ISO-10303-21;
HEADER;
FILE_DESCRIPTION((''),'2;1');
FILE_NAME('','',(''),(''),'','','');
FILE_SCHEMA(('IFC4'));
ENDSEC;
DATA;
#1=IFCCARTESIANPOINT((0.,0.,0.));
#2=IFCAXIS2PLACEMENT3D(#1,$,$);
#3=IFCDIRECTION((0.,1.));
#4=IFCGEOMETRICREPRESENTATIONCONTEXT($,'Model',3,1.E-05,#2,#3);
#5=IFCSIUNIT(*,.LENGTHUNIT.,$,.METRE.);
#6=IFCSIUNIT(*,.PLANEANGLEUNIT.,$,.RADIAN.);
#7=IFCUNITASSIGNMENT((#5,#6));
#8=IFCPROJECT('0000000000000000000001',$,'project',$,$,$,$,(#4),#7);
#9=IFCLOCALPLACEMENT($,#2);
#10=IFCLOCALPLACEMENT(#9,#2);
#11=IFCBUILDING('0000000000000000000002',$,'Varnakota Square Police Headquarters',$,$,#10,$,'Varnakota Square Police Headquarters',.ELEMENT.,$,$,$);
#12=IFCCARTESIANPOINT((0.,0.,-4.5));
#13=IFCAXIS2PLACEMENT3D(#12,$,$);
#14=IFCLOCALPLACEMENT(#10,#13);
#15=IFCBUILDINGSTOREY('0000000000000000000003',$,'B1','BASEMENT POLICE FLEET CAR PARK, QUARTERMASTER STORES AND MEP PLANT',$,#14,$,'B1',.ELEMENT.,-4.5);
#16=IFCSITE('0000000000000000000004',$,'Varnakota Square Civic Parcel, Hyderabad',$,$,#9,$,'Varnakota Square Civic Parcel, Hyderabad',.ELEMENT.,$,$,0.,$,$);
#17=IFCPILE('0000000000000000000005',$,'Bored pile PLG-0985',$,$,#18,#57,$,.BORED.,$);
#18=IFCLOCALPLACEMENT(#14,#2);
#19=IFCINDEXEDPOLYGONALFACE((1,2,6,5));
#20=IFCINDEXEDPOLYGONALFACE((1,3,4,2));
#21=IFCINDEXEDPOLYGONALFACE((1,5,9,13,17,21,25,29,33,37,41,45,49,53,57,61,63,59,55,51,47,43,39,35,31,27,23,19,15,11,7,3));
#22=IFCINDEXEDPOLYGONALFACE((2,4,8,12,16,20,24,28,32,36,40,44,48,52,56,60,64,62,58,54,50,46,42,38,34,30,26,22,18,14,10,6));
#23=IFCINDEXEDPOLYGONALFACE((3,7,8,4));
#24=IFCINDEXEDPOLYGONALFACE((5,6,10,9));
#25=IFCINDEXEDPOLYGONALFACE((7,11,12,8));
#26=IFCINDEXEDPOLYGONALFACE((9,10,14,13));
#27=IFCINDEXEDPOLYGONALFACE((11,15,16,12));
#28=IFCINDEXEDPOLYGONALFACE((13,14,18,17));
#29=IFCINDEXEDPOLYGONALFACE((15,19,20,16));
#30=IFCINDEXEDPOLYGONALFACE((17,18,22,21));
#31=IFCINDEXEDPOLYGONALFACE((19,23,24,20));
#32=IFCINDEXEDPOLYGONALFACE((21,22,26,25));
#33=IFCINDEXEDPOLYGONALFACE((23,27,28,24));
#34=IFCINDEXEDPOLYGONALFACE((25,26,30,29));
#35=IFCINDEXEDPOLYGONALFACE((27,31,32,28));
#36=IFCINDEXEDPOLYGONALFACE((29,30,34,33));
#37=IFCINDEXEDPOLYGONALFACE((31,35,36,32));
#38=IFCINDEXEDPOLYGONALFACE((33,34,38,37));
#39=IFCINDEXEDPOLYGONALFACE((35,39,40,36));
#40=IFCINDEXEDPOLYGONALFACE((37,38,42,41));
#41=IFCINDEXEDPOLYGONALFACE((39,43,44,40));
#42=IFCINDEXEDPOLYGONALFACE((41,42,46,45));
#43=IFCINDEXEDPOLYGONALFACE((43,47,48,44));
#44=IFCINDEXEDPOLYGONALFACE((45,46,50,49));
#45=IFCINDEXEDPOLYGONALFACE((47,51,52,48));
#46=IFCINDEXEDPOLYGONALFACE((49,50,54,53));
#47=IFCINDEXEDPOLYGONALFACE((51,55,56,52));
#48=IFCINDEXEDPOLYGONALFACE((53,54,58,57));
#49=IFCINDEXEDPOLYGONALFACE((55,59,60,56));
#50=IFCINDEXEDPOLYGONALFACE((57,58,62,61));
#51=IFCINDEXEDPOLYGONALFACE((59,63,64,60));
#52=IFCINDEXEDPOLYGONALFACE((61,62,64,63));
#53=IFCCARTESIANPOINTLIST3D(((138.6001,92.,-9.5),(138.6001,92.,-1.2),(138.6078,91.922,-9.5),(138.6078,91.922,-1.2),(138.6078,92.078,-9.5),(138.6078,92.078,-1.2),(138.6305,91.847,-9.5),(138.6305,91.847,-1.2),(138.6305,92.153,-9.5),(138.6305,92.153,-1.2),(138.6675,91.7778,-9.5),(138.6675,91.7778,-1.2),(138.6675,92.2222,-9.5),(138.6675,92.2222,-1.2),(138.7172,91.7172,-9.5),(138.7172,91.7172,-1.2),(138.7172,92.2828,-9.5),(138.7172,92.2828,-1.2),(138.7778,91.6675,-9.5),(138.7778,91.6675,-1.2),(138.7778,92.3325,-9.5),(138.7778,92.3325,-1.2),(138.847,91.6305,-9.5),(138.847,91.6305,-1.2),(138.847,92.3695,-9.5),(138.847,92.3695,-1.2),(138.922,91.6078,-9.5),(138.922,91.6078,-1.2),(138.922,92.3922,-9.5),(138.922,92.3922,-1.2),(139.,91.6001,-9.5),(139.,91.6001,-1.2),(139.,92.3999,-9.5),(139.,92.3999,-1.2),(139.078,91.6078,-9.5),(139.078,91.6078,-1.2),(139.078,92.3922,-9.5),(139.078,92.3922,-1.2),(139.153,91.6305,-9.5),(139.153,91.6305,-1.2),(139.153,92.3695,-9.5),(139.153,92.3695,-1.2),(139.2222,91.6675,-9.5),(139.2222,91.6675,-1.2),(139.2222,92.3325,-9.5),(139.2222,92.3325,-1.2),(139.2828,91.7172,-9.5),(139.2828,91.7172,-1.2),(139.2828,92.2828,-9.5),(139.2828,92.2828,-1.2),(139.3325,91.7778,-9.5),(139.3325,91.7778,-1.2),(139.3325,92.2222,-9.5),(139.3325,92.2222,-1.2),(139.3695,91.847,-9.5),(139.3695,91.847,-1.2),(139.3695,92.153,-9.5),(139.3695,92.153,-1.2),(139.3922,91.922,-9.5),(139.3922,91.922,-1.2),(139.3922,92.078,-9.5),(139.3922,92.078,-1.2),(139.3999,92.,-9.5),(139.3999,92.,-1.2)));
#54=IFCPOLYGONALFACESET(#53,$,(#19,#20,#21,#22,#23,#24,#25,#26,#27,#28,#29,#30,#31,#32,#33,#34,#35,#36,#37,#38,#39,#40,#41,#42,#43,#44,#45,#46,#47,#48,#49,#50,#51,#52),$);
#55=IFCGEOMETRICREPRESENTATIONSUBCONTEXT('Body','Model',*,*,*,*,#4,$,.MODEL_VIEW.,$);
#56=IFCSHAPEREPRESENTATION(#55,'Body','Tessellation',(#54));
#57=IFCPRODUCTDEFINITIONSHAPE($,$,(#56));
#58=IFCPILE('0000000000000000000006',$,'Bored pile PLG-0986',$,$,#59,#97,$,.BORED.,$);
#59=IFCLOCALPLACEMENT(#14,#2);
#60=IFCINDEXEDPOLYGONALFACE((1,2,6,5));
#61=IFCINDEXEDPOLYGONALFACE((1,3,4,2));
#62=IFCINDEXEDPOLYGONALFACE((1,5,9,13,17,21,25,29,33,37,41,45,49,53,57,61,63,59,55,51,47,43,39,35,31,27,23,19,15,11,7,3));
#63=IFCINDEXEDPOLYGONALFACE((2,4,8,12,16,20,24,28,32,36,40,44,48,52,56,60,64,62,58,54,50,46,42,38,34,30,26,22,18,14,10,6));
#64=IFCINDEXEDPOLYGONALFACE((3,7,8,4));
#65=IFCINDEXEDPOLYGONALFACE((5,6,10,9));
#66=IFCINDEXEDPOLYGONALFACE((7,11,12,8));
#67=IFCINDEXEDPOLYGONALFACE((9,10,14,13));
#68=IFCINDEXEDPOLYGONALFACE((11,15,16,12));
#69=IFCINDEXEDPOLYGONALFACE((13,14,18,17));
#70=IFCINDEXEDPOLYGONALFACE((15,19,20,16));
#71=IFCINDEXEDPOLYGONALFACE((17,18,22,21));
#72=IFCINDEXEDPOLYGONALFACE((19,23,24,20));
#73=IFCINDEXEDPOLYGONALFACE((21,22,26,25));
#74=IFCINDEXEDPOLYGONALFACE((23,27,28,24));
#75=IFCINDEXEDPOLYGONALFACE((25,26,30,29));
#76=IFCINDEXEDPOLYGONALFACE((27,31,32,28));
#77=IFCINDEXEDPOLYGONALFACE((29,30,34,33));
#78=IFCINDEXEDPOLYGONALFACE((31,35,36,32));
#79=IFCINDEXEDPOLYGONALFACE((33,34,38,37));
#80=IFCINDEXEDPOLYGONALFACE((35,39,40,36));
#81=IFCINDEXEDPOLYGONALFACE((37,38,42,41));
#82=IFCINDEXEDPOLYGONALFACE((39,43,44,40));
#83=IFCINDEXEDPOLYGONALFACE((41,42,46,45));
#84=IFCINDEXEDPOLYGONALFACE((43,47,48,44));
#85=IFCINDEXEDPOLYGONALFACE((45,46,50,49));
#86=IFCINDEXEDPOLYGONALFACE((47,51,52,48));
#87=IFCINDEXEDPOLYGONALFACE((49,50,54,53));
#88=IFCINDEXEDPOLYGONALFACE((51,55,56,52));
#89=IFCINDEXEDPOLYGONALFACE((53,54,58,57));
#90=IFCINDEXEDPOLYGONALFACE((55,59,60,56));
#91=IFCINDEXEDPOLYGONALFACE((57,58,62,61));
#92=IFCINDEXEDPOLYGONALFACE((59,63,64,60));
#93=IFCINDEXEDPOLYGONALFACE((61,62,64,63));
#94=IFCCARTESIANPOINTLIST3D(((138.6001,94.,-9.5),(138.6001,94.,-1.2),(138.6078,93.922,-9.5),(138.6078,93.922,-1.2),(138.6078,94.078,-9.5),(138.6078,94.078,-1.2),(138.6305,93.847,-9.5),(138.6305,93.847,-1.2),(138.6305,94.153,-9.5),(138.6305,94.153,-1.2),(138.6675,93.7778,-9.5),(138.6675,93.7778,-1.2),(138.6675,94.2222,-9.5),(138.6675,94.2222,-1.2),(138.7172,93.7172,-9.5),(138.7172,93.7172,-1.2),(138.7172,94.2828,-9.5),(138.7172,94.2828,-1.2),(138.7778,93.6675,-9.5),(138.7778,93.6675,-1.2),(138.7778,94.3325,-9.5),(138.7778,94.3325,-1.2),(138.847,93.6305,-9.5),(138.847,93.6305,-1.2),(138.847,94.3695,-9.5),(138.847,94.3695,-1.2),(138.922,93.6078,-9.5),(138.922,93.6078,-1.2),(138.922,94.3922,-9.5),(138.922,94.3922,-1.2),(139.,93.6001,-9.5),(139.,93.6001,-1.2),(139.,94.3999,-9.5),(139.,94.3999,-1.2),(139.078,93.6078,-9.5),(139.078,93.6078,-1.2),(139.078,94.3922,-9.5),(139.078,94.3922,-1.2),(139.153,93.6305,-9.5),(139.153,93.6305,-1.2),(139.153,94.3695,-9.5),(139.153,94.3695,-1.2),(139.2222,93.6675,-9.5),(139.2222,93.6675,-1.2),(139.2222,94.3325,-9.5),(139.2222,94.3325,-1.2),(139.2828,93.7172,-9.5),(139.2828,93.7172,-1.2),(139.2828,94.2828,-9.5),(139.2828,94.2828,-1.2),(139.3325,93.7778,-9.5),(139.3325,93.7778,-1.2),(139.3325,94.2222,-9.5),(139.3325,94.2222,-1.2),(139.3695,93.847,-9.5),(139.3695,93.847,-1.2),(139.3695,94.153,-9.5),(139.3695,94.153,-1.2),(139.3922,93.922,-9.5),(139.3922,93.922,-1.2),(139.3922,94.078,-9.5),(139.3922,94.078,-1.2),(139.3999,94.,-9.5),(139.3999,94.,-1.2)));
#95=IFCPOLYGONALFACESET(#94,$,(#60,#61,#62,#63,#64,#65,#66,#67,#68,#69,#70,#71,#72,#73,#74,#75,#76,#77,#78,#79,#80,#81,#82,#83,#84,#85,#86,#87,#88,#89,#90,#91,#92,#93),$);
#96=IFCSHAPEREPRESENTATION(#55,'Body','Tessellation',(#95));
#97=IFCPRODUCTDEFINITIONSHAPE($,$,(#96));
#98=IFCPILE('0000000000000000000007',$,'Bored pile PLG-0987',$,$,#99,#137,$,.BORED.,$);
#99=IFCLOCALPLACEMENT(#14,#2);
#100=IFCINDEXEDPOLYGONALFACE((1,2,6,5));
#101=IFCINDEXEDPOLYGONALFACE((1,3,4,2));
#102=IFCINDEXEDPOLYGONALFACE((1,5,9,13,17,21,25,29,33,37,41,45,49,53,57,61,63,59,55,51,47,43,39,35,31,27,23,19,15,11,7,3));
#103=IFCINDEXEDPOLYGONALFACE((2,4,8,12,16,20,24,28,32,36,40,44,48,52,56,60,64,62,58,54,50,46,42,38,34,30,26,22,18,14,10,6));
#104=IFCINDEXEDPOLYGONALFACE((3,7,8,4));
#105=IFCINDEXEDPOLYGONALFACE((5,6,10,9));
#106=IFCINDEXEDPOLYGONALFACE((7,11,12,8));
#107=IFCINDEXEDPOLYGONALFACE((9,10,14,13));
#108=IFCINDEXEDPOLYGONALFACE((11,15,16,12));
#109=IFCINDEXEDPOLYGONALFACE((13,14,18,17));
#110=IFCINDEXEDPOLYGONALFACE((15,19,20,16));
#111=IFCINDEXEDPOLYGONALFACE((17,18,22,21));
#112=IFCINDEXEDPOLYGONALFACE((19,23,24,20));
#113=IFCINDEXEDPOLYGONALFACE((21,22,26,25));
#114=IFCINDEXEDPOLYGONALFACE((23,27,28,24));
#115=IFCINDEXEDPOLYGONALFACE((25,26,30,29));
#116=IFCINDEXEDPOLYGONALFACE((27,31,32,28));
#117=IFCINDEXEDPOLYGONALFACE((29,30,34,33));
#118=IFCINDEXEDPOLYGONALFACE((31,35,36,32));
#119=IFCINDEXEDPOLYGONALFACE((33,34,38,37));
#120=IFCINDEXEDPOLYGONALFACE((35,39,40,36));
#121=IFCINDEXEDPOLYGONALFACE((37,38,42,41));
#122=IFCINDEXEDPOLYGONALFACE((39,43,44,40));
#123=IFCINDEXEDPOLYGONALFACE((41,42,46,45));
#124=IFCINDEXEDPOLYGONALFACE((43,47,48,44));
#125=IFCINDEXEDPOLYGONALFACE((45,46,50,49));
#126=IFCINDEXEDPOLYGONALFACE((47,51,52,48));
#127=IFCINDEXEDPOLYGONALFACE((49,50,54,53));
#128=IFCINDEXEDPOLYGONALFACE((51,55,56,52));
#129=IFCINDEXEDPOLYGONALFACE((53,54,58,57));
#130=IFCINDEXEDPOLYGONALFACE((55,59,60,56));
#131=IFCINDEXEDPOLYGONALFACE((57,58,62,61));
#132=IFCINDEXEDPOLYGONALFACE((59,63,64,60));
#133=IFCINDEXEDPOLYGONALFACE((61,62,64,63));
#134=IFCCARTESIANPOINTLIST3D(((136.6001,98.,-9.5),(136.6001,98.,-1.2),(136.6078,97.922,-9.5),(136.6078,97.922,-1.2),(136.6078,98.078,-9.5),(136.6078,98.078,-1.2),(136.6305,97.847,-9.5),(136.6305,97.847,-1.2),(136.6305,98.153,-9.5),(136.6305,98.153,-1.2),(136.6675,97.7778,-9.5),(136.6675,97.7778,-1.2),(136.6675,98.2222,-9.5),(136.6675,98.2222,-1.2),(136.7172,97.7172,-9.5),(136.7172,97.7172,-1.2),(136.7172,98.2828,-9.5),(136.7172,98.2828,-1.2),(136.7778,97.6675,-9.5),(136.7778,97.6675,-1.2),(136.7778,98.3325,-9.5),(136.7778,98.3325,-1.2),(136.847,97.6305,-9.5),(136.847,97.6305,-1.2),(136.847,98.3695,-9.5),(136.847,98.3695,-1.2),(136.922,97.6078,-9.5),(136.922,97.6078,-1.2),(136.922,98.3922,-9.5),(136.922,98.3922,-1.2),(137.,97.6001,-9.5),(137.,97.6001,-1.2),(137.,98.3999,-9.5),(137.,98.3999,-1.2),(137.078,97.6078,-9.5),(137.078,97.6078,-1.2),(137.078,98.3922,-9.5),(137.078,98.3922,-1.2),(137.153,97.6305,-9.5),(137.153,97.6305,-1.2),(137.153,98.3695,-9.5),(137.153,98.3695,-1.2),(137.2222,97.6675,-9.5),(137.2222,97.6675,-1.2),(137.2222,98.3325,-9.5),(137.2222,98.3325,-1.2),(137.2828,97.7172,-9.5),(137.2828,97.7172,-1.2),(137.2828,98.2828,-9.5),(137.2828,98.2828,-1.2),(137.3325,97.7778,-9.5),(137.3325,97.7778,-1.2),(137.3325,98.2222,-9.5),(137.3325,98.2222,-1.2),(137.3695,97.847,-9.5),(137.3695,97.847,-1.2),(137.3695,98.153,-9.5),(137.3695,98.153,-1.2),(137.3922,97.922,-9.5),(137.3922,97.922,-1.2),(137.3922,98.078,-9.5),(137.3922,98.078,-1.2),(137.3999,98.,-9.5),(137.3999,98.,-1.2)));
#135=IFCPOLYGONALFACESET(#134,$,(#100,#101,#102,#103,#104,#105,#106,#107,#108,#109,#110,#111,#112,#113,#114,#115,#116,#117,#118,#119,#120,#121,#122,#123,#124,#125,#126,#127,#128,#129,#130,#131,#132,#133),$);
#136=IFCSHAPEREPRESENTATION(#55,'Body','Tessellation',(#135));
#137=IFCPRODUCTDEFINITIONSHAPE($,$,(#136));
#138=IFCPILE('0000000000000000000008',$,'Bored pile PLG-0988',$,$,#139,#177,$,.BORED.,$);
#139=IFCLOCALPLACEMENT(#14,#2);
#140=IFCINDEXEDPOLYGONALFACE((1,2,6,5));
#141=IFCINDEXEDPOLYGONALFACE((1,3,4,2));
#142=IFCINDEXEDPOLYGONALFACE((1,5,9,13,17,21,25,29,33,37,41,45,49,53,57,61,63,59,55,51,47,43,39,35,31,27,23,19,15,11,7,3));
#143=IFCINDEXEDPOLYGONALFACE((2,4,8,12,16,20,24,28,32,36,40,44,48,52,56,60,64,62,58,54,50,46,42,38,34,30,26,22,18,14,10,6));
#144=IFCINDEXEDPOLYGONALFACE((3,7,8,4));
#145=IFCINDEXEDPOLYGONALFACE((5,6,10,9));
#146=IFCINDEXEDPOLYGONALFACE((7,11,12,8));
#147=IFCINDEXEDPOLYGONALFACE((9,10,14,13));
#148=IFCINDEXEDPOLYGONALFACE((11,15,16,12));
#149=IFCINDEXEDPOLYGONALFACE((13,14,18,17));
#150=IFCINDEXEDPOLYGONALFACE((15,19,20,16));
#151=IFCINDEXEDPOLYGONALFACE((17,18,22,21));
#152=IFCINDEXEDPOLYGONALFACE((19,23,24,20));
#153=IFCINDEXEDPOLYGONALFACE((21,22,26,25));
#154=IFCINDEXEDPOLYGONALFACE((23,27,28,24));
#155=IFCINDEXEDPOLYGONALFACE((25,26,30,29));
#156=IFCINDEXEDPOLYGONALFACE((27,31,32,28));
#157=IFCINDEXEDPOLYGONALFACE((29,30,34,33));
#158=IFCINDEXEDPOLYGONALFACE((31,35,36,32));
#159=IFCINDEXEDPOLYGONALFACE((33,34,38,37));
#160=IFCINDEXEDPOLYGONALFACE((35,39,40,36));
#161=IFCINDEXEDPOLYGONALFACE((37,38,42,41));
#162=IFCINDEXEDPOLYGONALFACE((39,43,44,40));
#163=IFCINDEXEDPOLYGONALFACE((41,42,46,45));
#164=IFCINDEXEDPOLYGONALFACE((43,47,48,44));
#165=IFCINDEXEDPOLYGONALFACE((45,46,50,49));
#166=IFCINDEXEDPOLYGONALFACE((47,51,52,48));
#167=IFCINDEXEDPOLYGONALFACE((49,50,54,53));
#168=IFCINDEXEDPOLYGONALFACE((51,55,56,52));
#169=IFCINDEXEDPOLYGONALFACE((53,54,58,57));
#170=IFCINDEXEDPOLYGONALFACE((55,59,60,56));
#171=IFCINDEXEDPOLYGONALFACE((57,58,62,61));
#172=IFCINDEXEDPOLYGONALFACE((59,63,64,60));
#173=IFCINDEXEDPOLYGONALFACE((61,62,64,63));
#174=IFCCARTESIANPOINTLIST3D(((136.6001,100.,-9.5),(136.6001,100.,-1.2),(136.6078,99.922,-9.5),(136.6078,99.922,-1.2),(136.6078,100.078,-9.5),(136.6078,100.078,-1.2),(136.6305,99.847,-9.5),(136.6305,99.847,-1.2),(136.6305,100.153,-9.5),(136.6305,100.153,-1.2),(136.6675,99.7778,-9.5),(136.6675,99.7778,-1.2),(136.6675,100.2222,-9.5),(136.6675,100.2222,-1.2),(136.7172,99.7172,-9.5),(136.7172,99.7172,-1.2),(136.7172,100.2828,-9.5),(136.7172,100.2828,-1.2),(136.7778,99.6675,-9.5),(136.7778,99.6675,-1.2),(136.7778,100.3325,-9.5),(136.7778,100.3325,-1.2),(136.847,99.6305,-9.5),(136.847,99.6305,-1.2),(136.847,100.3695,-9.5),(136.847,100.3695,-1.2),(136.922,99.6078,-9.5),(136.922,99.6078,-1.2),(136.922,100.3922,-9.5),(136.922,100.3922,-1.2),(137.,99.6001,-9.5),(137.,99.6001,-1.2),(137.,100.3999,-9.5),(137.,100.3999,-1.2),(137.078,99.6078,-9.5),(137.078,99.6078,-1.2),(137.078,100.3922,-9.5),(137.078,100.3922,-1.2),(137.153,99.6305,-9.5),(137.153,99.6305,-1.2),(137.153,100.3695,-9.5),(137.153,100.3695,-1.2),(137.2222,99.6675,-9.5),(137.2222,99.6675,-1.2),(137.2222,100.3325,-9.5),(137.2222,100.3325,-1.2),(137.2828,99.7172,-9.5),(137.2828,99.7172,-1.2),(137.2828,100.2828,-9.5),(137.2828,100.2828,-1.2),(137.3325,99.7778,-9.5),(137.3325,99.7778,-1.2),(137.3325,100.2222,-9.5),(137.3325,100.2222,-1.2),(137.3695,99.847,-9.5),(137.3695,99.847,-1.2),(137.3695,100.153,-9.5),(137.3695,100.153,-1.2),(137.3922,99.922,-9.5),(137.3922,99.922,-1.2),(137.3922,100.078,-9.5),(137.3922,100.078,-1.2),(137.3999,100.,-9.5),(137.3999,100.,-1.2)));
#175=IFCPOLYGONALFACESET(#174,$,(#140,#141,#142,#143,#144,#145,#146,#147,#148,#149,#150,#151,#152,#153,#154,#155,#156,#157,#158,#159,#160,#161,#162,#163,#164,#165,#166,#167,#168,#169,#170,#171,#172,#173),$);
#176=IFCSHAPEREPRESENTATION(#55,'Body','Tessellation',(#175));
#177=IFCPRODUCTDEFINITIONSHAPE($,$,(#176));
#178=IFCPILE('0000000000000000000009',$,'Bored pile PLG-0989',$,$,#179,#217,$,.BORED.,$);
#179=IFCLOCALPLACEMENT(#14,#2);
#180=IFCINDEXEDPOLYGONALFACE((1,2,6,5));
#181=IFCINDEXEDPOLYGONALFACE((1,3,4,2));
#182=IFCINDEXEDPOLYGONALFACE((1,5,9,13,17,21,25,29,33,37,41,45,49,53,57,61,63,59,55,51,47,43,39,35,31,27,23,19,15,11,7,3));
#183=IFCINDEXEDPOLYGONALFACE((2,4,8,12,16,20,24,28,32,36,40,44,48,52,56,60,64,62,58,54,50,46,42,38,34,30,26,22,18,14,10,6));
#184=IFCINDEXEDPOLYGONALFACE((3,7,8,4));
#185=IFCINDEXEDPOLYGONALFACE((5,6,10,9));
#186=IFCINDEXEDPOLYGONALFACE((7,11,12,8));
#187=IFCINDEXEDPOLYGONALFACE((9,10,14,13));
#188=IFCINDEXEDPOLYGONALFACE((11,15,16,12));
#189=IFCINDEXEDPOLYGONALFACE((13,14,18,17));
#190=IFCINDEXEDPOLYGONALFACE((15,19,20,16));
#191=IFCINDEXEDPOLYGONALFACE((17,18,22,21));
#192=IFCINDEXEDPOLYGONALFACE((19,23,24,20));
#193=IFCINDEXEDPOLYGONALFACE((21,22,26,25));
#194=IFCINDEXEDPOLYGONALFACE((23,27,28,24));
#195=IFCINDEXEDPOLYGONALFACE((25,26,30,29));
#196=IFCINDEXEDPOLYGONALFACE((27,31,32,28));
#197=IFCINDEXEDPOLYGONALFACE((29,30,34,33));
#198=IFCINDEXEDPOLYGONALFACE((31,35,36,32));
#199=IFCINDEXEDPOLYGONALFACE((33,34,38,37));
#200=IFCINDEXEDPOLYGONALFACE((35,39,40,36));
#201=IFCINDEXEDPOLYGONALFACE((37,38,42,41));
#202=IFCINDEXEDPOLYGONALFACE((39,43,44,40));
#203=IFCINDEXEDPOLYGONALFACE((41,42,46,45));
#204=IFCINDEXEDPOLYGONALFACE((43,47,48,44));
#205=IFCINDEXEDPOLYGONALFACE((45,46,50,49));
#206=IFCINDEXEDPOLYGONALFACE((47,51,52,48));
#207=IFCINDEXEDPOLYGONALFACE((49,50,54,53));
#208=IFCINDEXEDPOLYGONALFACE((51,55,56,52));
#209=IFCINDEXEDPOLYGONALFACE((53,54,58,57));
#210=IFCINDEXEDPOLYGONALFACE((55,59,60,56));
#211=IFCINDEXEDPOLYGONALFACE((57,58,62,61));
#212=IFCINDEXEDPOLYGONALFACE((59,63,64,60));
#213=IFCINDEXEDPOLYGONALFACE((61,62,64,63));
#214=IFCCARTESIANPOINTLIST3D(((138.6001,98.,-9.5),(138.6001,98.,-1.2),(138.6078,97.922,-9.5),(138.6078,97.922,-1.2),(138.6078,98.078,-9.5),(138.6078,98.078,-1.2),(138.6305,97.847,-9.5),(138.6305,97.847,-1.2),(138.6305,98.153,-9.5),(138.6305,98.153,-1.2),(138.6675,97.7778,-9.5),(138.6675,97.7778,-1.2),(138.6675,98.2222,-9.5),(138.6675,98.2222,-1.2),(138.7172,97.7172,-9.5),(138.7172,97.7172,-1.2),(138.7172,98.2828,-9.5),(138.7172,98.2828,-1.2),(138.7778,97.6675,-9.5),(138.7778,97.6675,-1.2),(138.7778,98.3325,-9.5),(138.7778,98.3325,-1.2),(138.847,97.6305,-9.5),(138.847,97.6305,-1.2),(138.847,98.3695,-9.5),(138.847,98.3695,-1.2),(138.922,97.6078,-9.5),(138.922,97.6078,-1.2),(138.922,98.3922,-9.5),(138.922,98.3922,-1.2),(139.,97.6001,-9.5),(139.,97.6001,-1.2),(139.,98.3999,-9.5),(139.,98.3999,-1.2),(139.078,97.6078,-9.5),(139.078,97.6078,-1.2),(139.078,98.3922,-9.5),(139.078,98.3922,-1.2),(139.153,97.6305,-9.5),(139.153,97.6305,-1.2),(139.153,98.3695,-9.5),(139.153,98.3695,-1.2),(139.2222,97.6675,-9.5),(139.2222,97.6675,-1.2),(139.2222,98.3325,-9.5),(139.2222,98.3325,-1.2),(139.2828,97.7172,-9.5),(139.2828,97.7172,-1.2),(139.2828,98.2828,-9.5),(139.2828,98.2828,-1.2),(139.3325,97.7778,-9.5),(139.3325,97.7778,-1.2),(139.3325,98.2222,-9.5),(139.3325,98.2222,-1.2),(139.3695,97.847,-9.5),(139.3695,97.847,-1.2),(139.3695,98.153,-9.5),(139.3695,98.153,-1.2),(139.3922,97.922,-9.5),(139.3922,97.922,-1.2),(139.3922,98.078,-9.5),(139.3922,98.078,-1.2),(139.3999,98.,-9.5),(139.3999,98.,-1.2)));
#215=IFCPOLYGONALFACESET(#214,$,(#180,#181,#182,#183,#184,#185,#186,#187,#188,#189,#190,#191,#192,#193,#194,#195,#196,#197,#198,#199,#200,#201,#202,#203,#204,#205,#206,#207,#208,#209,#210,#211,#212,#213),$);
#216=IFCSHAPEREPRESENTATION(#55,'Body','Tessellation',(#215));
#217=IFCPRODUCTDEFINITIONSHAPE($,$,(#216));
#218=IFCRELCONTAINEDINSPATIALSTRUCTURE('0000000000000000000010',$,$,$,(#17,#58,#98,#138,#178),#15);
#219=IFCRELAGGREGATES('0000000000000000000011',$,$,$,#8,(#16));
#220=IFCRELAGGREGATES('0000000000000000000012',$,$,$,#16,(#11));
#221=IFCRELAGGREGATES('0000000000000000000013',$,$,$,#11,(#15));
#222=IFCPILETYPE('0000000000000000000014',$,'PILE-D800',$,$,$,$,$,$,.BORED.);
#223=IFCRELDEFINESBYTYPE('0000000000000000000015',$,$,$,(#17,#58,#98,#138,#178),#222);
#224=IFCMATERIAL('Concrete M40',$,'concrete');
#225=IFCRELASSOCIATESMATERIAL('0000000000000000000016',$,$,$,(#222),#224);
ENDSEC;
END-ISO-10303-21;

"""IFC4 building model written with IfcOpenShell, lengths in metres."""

from ifc_helpers import new_model, si_unit, direction, frame, origin, origin_2d, place, context, subcontext, project, spatial, circle, extrude, material, material_profile, profile_set, type_object, element, save


model = new_model("IFC4")

# Units and contexts
model_context = context("Model", 3, precision=1e-05, world=origin(), true_north=direction((0.0, 1.0)))
body_context = subcontext(model_context, "Body", "Model", "MODEL_VIEW")
ifc_project = project(units=[si_unit("LENGTHUNIT", "METRE"), si_unit("PLANEANGLEUNIT", "RADIAN")], contexts=[model_context])

# Site, building, storey
site_placement = place(None, origin())
site = spatial("IfcSite", under=ifc_project, at=site_placement, Name="Varnakota Square Civic Parcel, Hyderabad", LongName="Varnakota Square Civic Parcel, Hyderabad", CompositionType="ELEMENT", RefElevation=0.0)
building_placement = place(site_placement, origin())
building = spatial("IfcBuilding", under=site, at=building_placement, Name="Varnakota Square Police Headquarters", LongName="Varnakota Square Police Headquarters", CompositionType="ELEMENT")
storey_placement = place(building_placement, frame((0.0, 0.0, -4.5)))
storey = spatial("IfcBuildingStorey", under=building, at=storey_placement, Name="B1", Description="BASEMENT POLICE FLEET CAR PARK, QUARTERMASTER STORES AND MEP PLANT", LongName="B1", CompositionType="ELEMENT", Elevation=-4.5)

# Shared definitions
ifc_material_1 = material(Name="Concrete M40", Category="concrete")

# Piles
ifc_material_profile_1 = material_profile(ifc_material_1, circle(Radius=0.3999, at=origin_2d()), Name="BORED PILE 800")
ifc_profile_set_1 = profile_set([ifc_material_profile_1], Name="Concrete M40")
pile_type = type_object("IfcPileType", Name="PILE-D800", PredefinedType="BORED", material=ifc_profile_set_1)
for number, where, z_axis, x_axis, name in (
    (1, (139.0, 92.0, -1.2), (0.0, 0.0, -1.0), (1.0, 0.0, 0.0), "Bored pile PLG-0985"),
    (2, (139.0, 94.0, -1.2), (0.0, 0.0, -1.0), (1.0, 0.0, 0.0), "Bored pile PLG-0986"),
    (3, (137.0, 98.0, -1.2), (0.0, 0.0, -1.0), (1.0, 0.0, 0.0), "Bored pile PLG-0987"),
    (4, (137.0, 100.0, -1.2), (0.0, 0.0, -1.0), (1.0, 0.0, 0.0), "Bored pile PLG-0988"),
    (5, (139.0, 98.0, -1.2), (0.0, 0.0, -1.0), (1.0, 0.0, 0.0), "Bored pile PLG-0989"),
):
    element("IfcPile", number, at=place(storey_placement, frame(where, z_axis=z_axis, x_axis=x_axis)), inside=storey, type_object=pile_type, Name=name, PredefinedType="BORED", context=body_context, shape_type="SweptSolid", body=[
        extrude(circle(Radius=0.3999, at=origin_2d()), origin(), (0.0, 0.0, 1.0), 8.3),
    ])

save(model, "model.ifc")
